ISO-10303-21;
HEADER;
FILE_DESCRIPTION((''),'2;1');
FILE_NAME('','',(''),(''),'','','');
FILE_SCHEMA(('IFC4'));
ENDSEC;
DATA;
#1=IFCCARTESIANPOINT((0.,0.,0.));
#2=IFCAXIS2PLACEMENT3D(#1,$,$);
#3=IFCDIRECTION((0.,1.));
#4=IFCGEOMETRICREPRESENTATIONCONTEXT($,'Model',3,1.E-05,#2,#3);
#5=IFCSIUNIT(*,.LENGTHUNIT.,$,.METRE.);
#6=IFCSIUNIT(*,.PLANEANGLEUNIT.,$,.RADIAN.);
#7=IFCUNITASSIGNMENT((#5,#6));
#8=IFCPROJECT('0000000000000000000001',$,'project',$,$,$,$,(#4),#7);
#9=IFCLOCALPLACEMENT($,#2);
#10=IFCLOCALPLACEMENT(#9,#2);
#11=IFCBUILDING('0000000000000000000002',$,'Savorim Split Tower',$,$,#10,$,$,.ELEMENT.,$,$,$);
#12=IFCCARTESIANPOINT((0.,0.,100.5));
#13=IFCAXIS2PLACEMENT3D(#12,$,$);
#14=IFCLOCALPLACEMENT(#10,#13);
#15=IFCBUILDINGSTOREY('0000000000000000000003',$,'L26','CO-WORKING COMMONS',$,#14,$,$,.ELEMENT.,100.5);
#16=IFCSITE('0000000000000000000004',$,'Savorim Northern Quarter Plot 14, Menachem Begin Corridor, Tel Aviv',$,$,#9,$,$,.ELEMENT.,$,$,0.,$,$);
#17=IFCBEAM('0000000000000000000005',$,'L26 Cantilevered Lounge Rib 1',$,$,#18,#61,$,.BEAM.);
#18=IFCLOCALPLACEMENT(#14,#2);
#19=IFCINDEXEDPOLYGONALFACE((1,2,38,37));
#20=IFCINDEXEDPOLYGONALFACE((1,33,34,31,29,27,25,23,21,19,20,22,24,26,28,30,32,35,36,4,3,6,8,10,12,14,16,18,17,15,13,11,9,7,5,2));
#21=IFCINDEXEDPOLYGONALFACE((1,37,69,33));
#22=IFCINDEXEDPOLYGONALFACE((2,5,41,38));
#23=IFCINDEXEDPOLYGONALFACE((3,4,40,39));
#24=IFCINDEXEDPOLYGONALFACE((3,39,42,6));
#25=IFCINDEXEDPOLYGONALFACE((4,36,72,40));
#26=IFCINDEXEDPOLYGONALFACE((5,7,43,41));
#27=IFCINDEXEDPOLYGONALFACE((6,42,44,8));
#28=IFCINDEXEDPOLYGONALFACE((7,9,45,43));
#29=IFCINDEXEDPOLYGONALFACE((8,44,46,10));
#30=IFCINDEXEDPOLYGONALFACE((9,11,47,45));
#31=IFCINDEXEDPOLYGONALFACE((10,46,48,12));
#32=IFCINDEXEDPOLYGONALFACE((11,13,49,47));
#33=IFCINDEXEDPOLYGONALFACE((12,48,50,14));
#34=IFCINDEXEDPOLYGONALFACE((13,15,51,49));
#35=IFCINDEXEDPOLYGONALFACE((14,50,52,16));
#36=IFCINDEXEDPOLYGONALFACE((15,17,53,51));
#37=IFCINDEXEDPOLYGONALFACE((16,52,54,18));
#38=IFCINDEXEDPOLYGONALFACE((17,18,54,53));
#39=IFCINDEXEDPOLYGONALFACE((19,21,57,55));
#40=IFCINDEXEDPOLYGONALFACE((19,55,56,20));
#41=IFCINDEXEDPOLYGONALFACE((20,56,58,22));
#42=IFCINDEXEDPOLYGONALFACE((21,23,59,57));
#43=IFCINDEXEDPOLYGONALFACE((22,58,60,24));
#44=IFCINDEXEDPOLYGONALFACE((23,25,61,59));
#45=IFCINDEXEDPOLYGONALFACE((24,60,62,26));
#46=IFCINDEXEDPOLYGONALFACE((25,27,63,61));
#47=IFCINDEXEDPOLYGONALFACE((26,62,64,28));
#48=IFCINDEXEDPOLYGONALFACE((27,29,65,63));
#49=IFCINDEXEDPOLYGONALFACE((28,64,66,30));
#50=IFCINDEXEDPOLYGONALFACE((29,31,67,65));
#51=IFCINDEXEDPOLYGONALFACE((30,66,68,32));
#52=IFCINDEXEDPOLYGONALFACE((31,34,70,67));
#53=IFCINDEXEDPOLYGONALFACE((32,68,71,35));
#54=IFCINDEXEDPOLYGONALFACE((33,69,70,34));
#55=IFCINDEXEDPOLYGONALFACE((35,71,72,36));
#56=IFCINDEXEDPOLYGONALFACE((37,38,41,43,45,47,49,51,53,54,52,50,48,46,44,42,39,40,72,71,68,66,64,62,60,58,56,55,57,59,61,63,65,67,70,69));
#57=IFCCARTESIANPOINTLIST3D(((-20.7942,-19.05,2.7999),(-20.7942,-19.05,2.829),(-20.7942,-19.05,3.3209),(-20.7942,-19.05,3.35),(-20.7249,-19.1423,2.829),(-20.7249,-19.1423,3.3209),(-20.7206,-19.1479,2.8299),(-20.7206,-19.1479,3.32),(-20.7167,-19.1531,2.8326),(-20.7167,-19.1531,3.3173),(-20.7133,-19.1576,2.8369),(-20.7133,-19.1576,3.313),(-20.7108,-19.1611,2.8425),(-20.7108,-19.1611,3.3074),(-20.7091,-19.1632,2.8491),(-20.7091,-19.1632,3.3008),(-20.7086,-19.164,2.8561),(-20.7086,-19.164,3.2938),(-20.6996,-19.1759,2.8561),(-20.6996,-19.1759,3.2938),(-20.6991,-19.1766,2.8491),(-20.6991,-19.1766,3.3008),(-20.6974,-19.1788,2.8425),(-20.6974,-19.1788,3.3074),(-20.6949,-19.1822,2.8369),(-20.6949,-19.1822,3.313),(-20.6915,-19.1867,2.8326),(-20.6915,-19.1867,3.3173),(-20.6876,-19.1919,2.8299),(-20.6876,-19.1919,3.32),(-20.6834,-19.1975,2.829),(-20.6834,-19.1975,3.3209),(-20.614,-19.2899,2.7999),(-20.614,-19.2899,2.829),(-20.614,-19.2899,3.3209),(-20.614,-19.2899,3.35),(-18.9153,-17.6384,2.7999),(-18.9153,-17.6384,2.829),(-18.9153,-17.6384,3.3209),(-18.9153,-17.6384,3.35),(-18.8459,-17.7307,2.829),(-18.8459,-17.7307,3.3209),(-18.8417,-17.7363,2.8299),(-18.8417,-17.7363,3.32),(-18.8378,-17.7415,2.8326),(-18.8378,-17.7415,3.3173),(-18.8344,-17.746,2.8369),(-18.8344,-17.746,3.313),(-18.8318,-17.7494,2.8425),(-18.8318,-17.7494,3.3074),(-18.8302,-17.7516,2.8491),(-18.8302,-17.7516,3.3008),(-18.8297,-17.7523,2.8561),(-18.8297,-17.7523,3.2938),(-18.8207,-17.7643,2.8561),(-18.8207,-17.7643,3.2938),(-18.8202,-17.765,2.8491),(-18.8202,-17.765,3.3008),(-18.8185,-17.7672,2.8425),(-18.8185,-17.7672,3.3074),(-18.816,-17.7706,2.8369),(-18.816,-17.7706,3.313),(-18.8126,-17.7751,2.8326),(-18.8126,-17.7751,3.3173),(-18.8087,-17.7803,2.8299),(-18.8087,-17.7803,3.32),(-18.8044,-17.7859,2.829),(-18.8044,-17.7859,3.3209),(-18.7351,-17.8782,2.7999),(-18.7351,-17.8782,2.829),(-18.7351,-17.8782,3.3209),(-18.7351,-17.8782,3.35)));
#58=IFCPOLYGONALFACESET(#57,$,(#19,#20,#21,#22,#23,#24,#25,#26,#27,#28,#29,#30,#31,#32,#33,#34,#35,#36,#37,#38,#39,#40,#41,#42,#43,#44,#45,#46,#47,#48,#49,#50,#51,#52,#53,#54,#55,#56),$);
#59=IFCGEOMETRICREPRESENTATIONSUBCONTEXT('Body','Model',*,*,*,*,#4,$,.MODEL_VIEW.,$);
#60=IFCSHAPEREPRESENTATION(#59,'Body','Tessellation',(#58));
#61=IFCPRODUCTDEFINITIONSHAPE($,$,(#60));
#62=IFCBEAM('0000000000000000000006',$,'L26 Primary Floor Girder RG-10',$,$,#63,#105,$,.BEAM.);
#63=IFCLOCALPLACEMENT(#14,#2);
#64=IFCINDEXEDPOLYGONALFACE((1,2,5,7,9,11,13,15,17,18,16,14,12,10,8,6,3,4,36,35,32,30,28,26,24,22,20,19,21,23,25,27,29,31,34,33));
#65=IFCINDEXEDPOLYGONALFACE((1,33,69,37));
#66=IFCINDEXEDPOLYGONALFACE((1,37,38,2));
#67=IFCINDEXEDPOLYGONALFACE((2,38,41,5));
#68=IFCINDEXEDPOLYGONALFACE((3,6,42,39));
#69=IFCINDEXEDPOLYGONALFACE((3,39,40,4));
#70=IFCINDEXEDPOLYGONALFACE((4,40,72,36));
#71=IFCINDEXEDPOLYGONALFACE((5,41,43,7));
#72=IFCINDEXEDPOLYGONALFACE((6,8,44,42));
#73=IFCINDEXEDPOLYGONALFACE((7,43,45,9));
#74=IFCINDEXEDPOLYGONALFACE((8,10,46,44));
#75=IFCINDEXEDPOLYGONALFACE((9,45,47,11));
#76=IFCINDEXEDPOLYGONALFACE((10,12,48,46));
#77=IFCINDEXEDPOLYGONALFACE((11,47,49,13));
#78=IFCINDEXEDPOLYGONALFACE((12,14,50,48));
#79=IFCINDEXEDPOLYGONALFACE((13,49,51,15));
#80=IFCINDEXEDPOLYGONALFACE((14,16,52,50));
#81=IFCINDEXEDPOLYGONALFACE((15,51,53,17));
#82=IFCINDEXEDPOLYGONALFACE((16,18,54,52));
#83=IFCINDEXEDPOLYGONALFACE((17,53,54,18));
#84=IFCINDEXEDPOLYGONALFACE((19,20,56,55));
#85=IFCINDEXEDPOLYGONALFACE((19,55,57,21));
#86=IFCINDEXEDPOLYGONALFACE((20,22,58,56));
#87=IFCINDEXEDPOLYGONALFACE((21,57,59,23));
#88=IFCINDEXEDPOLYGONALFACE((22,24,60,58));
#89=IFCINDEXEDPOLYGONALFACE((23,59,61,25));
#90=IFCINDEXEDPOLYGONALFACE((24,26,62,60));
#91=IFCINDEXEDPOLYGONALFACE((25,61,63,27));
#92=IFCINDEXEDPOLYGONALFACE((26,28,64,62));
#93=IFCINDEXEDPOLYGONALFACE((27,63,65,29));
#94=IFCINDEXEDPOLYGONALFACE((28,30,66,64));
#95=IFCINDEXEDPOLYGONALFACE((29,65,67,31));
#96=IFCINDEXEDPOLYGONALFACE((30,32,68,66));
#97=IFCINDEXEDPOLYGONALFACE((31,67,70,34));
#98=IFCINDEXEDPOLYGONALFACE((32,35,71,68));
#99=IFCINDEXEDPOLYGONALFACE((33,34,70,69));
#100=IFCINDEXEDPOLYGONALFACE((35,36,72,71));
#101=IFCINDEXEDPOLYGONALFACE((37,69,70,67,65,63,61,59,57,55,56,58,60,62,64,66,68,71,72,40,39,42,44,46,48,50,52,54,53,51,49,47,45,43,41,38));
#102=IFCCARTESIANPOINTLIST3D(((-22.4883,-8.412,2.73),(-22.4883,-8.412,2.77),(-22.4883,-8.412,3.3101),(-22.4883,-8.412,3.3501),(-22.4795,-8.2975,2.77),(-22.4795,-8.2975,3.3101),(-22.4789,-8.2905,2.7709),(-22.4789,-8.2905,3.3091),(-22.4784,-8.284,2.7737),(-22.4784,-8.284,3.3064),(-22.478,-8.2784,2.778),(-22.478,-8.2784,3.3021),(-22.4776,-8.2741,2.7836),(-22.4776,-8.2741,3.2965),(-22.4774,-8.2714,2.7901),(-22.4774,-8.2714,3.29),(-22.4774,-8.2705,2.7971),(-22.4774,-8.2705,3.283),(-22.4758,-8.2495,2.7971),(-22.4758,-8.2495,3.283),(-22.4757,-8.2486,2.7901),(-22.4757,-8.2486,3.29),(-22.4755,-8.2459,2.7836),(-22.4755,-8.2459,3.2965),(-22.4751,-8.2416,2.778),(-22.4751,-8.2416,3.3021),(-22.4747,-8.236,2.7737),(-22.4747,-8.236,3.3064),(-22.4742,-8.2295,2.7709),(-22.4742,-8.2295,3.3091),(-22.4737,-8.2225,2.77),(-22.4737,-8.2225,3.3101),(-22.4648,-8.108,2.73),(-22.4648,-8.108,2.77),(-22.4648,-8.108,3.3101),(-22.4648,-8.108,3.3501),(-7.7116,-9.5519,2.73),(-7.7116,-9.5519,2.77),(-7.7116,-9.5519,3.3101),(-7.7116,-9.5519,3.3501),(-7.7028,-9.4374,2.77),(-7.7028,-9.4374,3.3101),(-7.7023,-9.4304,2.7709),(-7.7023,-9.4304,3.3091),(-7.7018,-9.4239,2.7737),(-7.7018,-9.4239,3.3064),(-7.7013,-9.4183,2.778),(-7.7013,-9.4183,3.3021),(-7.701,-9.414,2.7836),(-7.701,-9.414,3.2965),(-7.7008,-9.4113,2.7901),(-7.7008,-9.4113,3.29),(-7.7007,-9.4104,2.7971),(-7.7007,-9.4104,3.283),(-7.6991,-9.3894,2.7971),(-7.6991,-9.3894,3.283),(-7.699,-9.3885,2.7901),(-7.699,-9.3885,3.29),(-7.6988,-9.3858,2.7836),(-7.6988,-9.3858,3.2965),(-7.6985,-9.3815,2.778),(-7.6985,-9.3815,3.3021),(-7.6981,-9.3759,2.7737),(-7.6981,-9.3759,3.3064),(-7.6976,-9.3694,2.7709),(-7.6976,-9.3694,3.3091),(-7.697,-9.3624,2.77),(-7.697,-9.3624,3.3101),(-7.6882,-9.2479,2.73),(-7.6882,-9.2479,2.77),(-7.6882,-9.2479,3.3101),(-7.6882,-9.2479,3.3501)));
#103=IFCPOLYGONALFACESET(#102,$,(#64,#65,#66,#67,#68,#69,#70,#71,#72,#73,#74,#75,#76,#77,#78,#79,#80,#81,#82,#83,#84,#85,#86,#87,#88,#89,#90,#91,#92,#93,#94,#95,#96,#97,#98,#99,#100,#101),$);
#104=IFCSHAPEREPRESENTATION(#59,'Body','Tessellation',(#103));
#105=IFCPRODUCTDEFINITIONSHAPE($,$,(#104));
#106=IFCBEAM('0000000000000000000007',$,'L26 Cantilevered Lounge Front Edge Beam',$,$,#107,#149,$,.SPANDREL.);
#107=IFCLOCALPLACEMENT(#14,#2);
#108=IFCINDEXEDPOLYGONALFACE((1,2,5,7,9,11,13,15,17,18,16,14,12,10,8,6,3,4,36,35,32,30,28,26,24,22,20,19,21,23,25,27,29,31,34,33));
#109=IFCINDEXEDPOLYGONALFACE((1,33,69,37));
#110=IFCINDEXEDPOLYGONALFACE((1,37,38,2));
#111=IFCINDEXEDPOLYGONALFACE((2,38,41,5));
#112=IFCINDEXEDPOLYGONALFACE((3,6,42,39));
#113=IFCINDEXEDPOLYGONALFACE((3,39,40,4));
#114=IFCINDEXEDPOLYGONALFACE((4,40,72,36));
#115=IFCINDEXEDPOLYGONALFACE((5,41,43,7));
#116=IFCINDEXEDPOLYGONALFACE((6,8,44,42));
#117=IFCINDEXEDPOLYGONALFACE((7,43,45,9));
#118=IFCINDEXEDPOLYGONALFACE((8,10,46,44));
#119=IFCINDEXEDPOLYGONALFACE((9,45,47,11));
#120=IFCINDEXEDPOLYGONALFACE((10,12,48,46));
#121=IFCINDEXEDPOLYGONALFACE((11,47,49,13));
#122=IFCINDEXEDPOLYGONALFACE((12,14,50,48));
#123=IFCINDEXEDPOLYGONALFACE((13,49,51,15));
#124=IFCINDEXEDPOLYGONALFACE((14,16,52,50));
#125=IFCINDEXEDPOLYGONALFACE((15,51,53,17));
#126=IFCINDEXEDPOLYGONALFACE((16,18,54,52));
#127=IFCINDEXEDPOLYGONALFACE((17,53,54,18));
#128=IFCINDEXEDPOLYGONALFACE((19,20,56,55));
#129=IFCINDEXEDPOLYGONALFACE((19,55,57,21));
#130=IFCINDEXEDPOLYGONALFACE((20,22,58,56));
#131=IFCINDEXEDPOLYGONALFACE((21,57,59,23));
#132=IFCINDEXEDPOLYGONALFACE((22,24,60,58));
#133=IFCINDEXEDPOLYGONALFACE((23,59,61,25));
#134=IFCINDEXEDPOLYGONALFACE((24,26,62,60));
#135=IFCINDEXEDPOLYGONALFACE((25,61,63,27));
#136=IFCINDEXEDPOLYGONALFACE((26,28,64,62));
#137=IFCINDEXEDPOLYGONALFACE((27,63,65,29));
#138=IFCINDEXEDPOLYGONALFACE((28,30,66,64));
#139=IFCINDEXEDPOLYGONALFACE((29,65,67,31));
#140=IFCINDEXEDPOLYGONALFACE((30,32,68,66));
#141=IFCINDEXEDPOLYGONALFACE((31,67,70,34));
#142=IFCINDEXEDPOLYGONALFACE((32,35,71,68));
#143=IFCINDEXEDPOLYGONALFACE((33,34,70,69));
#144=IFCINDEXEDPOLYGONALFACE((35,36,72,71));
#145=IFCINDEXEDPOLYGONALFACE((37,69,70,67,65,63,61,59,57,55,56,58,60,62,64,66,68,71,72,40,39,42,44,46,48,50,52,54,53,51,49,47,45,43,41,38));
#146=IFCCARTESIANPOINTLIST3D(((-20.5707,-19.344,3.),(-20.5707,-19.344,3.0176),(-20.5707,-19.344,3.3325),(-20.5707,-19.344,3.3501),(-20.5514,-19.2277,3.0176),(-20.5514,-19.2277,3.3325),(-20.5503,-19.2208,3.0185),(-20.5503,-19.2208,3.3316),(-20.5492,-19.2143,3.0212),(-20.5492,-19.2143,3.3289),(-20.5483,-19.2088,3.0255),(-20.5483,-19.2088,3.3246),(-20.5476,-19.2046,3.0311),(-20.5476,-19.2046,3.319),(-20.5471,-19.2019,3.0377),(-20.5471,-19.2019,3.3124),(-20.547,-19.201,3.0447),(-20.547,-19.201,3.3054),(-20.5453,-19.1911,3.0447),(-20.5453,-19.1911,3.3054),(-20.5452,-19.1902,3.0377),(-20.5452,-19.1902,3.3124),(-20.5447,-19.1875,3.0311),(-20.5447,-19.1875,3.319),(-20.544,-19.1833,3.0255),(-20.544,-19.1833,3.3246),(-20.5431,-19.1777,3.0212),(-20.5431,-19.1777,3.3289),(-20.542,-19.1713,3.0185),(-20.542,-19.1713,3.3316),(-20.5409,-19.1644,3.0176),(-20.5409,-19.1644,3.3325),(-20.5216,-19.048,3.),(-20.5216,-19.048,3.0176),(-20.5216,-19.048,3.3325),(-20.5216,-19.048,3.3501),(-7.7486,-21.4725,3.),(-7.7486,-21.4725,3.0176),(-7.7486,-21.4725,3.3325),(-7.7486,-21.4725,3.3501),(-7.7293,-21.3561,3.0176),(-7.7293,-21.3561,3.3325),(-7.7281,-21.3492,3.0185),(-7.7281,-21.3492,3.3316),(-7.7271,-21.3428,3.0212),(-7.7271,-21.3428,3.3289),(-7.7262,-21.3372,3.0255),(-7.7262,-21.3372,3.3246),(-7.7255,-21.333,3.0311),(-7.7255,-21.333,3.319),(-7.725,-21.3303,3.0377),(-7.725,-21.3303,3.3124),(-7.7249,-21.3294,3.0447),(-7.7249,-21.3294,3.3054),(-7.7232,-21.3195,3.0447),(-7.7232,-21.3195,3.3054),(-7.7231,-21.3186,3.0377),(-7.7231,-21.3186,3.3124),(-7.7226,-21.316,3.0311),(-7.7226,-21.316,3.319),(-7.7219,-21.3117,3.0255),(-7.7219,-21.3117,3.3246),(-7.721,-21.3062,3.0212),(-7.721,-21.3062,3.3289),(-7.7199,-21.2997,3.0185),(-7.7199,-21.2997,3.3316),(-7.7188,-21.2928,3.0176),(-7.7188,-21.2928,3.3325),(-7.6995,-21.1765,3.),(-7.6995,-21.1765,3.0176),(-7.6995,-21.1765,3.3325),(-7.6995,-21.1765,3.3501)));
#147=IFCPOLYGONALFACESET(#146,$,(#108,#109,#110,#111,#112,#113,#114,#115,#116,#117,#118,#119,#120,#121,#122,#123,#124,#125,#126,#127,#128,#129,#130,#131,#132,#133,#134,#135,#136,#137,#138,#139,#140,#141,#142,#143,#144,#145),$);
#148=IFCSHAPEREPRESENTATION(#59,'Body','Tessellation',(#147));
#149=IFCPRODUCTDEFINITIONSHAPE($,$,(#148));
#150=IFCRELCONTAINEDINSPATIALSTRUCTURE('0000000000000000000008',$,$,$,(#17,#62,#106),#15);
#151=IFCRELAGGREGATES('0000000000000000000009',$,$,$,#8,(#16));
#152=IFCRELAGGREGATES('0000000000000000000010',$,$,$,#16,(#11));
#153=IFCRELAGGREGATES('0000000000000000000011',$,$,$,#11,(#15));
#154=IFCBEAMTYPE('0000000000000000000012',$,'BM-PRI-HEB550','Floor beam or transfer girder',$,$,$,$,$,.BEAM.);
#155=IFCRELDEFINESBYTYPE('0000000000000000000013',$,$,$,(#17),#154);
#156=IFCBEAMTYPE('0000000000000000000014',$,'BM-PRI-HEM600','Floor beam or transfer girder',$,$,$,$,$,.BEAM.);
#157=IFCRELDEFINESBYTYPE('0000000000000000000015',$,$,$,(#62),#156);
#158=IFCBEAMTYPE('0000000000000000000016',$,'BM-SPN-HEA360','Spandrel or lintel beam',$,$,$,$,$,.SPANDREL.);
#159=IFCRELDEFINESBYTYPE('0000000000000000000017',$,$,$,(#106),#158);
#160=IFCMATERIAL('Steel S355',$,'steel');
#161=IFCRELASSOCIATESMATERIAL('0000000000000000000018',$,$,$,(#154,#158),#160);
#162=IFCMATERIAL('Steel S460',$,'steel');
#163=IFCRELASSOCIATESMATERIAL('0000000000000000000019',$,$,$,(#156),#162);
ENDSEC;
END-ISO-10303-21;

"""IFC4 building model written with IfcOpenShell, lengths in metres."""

from ifc_helpers import new_model, si_unit, direction, frame, origin, origin_2d, place, context, subcontext, project, spatial, i_section, extrude, material, material_profile, profile_set, type_object, element, save


model = new_model("IFC4")

# Units and contexts
model_context = context("Model", 3, precision=1e-05, world=origin(), true_north=direction((0.0, 1.0)))
body_context = subcontext(model_context, "Body", "Model", "MODEL_VIEW")
ifc_project = project(units=[si_unit("LENGTHUNIT", "METRE"), si_unit("PLANEANGLEUNIT", "RADIAN")], contexts=[model_context])

# Site, building, storey
site_placement = place(None, origin())
site = spatial("IfcSite", under=ifc_project, at=site_placement, Name="Savorim Northern Quarter Plot 14, Menachem Begin Corridor, Tel Aviv", CompositionType="ELEMENT", RefElevation=0.0)
building_placement = place(site_placement, origin())
building = spatial("IfcBuilding", under=site, at=building_placement, Name="Savorim Split Tower", CompositionType="ELEMENT")
storey_placement = place(building_placement, frame((0.0, 0.0, 100.5)))
storey = spatial("IfcBuildingStorey", under=building, at=storey_placement, Name="L26", Description="CO-WORKING COMMONS", CompositionType="ELEMENT", Elevation=100.5)

# Shared definitions
ifc_material_1 = material(Name="Steel S460", Category="steel")

# Beams
ifc_material_2 = material(Name="Steel S355", Category="steel")
ifc_material_profile_1 = material_profile(ifc_material_2, i_section(OverallWidth=0.3, OverallDepth=0.55, WebThickness=0.0149, FlangeThickness=0.0291, FilletRadius=0.0271, at=origin_2d()), Name="HEB 550")
ifc_profile_set_1 = profile_set([ifc_material_profile_1], Name="Steel S355")
beam_type_1 = type_object("IfcBeamType", Name="BM-PRI-HEB550", Description="Floor beam or transfer girder", PredefinedType="BEAM", material=ifc_profile_set_1)
beam_1_placement = place(storey_placement, frame((-18.8252, -17.7583, 3.075), z_axis=(-0.799501, -0.600665, 0.0), x_axis=(0.600665, -0.799501, 0.0)))
element("IfcBeam", 1, at=beam_1_placement, inside=storey, type_object=beam_type_1, Name="L26 Cantilevered Lounge Rib 1", PredefinedType="BEAM", context=body_context, shape_type="SweptSolid", body=[
    extrude(i_section(OverallWidth=0.3, OverallDepth=0.55, WebThickness=0.0149, FlangeThickness=0.0291, FilletRadius=0.0271, at=origin_2d()), origin(), (0.0, 0.0, 1.0), 2.3501),
])
ifc_material_profile_2 = material_profile(ifc_material_1, i_section(OverallWidth=0.3049, OverallDepth=0.6201, WebThickness=0.021, FlangeThickness=0.04, FilletRadius=0.0271, at=origin_2d()), Name="HE 600 M")
ifc_profile_set_2 = profile_set([ifc_material_profile_2], Name="Steel S460")
beam_type_2 = type_object("IfcBeamType", Name="BM-PRI-HEM600", Description="Floor beam or transfer girder", PredefinedType="BEAM", material=ifc_profile_set_2)
beam_2_placement = place(storey_placement, frame((-22.4766, -8.26, 3.04), z_axis=(0.997038, -0.076913, 0.0), x_axis=(0.076913, 0.997038, 0.0)))
element("IfcBeam", 2, at=beam_2_placement, inside=storey, type_object=beam_type_2, Name="L26 Primary Floor Girder RG-10", PredefinedType="BEAM", context=body_context, shape_type="SweptSolid", body=[
    extrude(i_section(OverallWidth=0.3049, OverallDepth=0.6201, WebThickness=0.021, FlangeThickness=0.04, FilletRadius=0.0271, at=origin_2d()), origin(), (0.0, 0.0, 1.0), 14.8206),
])
ifc_material_profile_3 = material_profile(ifc_material_2, i_section(OverallWidth=0.3, OverallDepth=0.3501, WebThickness=0.01, FlangeThickness=0.0176, FilletRadius=0.0271, at=origin_2d()), Name="HEA 360")
ifc_profile_set_3 = profile_set([ifc_material_profile_3], Name="Steel S355")
beam_type_3 = type_object("IfcBeamType", Name="BM-SPN-HEA360", Description="Spandrel or lintel beam", PredefinedType="SPANDREL", material=ifc_profile_set_3)
beam_3_placement = place(storey_placement, frame((-20.5461, -19.196, 3.175), z_axis=(0.986501, -0.163756, 0.0), x_axis=(0.163756, 0.986501, 0.0)))
element("IfcBeam", 3, at=beam_3_placement, inside=storey, type_object=beam_type_3, Name="L26 Cantilevered Lounge Front Edge Beam", PredefinedType="SPANDREL", context=body_context, shape_type="SweptSolid", body=[
    extrude(i_section(OverallWidth=0.3, OverallDepth=0.3501, WebThickness=0.01, FlangeThickness=0.0176, FilletRadius=0.0271, at=origin_2d()), origin(), (0.0, 0.0, 1.0), 12.9976),
])

save(model, "model.ifc")
